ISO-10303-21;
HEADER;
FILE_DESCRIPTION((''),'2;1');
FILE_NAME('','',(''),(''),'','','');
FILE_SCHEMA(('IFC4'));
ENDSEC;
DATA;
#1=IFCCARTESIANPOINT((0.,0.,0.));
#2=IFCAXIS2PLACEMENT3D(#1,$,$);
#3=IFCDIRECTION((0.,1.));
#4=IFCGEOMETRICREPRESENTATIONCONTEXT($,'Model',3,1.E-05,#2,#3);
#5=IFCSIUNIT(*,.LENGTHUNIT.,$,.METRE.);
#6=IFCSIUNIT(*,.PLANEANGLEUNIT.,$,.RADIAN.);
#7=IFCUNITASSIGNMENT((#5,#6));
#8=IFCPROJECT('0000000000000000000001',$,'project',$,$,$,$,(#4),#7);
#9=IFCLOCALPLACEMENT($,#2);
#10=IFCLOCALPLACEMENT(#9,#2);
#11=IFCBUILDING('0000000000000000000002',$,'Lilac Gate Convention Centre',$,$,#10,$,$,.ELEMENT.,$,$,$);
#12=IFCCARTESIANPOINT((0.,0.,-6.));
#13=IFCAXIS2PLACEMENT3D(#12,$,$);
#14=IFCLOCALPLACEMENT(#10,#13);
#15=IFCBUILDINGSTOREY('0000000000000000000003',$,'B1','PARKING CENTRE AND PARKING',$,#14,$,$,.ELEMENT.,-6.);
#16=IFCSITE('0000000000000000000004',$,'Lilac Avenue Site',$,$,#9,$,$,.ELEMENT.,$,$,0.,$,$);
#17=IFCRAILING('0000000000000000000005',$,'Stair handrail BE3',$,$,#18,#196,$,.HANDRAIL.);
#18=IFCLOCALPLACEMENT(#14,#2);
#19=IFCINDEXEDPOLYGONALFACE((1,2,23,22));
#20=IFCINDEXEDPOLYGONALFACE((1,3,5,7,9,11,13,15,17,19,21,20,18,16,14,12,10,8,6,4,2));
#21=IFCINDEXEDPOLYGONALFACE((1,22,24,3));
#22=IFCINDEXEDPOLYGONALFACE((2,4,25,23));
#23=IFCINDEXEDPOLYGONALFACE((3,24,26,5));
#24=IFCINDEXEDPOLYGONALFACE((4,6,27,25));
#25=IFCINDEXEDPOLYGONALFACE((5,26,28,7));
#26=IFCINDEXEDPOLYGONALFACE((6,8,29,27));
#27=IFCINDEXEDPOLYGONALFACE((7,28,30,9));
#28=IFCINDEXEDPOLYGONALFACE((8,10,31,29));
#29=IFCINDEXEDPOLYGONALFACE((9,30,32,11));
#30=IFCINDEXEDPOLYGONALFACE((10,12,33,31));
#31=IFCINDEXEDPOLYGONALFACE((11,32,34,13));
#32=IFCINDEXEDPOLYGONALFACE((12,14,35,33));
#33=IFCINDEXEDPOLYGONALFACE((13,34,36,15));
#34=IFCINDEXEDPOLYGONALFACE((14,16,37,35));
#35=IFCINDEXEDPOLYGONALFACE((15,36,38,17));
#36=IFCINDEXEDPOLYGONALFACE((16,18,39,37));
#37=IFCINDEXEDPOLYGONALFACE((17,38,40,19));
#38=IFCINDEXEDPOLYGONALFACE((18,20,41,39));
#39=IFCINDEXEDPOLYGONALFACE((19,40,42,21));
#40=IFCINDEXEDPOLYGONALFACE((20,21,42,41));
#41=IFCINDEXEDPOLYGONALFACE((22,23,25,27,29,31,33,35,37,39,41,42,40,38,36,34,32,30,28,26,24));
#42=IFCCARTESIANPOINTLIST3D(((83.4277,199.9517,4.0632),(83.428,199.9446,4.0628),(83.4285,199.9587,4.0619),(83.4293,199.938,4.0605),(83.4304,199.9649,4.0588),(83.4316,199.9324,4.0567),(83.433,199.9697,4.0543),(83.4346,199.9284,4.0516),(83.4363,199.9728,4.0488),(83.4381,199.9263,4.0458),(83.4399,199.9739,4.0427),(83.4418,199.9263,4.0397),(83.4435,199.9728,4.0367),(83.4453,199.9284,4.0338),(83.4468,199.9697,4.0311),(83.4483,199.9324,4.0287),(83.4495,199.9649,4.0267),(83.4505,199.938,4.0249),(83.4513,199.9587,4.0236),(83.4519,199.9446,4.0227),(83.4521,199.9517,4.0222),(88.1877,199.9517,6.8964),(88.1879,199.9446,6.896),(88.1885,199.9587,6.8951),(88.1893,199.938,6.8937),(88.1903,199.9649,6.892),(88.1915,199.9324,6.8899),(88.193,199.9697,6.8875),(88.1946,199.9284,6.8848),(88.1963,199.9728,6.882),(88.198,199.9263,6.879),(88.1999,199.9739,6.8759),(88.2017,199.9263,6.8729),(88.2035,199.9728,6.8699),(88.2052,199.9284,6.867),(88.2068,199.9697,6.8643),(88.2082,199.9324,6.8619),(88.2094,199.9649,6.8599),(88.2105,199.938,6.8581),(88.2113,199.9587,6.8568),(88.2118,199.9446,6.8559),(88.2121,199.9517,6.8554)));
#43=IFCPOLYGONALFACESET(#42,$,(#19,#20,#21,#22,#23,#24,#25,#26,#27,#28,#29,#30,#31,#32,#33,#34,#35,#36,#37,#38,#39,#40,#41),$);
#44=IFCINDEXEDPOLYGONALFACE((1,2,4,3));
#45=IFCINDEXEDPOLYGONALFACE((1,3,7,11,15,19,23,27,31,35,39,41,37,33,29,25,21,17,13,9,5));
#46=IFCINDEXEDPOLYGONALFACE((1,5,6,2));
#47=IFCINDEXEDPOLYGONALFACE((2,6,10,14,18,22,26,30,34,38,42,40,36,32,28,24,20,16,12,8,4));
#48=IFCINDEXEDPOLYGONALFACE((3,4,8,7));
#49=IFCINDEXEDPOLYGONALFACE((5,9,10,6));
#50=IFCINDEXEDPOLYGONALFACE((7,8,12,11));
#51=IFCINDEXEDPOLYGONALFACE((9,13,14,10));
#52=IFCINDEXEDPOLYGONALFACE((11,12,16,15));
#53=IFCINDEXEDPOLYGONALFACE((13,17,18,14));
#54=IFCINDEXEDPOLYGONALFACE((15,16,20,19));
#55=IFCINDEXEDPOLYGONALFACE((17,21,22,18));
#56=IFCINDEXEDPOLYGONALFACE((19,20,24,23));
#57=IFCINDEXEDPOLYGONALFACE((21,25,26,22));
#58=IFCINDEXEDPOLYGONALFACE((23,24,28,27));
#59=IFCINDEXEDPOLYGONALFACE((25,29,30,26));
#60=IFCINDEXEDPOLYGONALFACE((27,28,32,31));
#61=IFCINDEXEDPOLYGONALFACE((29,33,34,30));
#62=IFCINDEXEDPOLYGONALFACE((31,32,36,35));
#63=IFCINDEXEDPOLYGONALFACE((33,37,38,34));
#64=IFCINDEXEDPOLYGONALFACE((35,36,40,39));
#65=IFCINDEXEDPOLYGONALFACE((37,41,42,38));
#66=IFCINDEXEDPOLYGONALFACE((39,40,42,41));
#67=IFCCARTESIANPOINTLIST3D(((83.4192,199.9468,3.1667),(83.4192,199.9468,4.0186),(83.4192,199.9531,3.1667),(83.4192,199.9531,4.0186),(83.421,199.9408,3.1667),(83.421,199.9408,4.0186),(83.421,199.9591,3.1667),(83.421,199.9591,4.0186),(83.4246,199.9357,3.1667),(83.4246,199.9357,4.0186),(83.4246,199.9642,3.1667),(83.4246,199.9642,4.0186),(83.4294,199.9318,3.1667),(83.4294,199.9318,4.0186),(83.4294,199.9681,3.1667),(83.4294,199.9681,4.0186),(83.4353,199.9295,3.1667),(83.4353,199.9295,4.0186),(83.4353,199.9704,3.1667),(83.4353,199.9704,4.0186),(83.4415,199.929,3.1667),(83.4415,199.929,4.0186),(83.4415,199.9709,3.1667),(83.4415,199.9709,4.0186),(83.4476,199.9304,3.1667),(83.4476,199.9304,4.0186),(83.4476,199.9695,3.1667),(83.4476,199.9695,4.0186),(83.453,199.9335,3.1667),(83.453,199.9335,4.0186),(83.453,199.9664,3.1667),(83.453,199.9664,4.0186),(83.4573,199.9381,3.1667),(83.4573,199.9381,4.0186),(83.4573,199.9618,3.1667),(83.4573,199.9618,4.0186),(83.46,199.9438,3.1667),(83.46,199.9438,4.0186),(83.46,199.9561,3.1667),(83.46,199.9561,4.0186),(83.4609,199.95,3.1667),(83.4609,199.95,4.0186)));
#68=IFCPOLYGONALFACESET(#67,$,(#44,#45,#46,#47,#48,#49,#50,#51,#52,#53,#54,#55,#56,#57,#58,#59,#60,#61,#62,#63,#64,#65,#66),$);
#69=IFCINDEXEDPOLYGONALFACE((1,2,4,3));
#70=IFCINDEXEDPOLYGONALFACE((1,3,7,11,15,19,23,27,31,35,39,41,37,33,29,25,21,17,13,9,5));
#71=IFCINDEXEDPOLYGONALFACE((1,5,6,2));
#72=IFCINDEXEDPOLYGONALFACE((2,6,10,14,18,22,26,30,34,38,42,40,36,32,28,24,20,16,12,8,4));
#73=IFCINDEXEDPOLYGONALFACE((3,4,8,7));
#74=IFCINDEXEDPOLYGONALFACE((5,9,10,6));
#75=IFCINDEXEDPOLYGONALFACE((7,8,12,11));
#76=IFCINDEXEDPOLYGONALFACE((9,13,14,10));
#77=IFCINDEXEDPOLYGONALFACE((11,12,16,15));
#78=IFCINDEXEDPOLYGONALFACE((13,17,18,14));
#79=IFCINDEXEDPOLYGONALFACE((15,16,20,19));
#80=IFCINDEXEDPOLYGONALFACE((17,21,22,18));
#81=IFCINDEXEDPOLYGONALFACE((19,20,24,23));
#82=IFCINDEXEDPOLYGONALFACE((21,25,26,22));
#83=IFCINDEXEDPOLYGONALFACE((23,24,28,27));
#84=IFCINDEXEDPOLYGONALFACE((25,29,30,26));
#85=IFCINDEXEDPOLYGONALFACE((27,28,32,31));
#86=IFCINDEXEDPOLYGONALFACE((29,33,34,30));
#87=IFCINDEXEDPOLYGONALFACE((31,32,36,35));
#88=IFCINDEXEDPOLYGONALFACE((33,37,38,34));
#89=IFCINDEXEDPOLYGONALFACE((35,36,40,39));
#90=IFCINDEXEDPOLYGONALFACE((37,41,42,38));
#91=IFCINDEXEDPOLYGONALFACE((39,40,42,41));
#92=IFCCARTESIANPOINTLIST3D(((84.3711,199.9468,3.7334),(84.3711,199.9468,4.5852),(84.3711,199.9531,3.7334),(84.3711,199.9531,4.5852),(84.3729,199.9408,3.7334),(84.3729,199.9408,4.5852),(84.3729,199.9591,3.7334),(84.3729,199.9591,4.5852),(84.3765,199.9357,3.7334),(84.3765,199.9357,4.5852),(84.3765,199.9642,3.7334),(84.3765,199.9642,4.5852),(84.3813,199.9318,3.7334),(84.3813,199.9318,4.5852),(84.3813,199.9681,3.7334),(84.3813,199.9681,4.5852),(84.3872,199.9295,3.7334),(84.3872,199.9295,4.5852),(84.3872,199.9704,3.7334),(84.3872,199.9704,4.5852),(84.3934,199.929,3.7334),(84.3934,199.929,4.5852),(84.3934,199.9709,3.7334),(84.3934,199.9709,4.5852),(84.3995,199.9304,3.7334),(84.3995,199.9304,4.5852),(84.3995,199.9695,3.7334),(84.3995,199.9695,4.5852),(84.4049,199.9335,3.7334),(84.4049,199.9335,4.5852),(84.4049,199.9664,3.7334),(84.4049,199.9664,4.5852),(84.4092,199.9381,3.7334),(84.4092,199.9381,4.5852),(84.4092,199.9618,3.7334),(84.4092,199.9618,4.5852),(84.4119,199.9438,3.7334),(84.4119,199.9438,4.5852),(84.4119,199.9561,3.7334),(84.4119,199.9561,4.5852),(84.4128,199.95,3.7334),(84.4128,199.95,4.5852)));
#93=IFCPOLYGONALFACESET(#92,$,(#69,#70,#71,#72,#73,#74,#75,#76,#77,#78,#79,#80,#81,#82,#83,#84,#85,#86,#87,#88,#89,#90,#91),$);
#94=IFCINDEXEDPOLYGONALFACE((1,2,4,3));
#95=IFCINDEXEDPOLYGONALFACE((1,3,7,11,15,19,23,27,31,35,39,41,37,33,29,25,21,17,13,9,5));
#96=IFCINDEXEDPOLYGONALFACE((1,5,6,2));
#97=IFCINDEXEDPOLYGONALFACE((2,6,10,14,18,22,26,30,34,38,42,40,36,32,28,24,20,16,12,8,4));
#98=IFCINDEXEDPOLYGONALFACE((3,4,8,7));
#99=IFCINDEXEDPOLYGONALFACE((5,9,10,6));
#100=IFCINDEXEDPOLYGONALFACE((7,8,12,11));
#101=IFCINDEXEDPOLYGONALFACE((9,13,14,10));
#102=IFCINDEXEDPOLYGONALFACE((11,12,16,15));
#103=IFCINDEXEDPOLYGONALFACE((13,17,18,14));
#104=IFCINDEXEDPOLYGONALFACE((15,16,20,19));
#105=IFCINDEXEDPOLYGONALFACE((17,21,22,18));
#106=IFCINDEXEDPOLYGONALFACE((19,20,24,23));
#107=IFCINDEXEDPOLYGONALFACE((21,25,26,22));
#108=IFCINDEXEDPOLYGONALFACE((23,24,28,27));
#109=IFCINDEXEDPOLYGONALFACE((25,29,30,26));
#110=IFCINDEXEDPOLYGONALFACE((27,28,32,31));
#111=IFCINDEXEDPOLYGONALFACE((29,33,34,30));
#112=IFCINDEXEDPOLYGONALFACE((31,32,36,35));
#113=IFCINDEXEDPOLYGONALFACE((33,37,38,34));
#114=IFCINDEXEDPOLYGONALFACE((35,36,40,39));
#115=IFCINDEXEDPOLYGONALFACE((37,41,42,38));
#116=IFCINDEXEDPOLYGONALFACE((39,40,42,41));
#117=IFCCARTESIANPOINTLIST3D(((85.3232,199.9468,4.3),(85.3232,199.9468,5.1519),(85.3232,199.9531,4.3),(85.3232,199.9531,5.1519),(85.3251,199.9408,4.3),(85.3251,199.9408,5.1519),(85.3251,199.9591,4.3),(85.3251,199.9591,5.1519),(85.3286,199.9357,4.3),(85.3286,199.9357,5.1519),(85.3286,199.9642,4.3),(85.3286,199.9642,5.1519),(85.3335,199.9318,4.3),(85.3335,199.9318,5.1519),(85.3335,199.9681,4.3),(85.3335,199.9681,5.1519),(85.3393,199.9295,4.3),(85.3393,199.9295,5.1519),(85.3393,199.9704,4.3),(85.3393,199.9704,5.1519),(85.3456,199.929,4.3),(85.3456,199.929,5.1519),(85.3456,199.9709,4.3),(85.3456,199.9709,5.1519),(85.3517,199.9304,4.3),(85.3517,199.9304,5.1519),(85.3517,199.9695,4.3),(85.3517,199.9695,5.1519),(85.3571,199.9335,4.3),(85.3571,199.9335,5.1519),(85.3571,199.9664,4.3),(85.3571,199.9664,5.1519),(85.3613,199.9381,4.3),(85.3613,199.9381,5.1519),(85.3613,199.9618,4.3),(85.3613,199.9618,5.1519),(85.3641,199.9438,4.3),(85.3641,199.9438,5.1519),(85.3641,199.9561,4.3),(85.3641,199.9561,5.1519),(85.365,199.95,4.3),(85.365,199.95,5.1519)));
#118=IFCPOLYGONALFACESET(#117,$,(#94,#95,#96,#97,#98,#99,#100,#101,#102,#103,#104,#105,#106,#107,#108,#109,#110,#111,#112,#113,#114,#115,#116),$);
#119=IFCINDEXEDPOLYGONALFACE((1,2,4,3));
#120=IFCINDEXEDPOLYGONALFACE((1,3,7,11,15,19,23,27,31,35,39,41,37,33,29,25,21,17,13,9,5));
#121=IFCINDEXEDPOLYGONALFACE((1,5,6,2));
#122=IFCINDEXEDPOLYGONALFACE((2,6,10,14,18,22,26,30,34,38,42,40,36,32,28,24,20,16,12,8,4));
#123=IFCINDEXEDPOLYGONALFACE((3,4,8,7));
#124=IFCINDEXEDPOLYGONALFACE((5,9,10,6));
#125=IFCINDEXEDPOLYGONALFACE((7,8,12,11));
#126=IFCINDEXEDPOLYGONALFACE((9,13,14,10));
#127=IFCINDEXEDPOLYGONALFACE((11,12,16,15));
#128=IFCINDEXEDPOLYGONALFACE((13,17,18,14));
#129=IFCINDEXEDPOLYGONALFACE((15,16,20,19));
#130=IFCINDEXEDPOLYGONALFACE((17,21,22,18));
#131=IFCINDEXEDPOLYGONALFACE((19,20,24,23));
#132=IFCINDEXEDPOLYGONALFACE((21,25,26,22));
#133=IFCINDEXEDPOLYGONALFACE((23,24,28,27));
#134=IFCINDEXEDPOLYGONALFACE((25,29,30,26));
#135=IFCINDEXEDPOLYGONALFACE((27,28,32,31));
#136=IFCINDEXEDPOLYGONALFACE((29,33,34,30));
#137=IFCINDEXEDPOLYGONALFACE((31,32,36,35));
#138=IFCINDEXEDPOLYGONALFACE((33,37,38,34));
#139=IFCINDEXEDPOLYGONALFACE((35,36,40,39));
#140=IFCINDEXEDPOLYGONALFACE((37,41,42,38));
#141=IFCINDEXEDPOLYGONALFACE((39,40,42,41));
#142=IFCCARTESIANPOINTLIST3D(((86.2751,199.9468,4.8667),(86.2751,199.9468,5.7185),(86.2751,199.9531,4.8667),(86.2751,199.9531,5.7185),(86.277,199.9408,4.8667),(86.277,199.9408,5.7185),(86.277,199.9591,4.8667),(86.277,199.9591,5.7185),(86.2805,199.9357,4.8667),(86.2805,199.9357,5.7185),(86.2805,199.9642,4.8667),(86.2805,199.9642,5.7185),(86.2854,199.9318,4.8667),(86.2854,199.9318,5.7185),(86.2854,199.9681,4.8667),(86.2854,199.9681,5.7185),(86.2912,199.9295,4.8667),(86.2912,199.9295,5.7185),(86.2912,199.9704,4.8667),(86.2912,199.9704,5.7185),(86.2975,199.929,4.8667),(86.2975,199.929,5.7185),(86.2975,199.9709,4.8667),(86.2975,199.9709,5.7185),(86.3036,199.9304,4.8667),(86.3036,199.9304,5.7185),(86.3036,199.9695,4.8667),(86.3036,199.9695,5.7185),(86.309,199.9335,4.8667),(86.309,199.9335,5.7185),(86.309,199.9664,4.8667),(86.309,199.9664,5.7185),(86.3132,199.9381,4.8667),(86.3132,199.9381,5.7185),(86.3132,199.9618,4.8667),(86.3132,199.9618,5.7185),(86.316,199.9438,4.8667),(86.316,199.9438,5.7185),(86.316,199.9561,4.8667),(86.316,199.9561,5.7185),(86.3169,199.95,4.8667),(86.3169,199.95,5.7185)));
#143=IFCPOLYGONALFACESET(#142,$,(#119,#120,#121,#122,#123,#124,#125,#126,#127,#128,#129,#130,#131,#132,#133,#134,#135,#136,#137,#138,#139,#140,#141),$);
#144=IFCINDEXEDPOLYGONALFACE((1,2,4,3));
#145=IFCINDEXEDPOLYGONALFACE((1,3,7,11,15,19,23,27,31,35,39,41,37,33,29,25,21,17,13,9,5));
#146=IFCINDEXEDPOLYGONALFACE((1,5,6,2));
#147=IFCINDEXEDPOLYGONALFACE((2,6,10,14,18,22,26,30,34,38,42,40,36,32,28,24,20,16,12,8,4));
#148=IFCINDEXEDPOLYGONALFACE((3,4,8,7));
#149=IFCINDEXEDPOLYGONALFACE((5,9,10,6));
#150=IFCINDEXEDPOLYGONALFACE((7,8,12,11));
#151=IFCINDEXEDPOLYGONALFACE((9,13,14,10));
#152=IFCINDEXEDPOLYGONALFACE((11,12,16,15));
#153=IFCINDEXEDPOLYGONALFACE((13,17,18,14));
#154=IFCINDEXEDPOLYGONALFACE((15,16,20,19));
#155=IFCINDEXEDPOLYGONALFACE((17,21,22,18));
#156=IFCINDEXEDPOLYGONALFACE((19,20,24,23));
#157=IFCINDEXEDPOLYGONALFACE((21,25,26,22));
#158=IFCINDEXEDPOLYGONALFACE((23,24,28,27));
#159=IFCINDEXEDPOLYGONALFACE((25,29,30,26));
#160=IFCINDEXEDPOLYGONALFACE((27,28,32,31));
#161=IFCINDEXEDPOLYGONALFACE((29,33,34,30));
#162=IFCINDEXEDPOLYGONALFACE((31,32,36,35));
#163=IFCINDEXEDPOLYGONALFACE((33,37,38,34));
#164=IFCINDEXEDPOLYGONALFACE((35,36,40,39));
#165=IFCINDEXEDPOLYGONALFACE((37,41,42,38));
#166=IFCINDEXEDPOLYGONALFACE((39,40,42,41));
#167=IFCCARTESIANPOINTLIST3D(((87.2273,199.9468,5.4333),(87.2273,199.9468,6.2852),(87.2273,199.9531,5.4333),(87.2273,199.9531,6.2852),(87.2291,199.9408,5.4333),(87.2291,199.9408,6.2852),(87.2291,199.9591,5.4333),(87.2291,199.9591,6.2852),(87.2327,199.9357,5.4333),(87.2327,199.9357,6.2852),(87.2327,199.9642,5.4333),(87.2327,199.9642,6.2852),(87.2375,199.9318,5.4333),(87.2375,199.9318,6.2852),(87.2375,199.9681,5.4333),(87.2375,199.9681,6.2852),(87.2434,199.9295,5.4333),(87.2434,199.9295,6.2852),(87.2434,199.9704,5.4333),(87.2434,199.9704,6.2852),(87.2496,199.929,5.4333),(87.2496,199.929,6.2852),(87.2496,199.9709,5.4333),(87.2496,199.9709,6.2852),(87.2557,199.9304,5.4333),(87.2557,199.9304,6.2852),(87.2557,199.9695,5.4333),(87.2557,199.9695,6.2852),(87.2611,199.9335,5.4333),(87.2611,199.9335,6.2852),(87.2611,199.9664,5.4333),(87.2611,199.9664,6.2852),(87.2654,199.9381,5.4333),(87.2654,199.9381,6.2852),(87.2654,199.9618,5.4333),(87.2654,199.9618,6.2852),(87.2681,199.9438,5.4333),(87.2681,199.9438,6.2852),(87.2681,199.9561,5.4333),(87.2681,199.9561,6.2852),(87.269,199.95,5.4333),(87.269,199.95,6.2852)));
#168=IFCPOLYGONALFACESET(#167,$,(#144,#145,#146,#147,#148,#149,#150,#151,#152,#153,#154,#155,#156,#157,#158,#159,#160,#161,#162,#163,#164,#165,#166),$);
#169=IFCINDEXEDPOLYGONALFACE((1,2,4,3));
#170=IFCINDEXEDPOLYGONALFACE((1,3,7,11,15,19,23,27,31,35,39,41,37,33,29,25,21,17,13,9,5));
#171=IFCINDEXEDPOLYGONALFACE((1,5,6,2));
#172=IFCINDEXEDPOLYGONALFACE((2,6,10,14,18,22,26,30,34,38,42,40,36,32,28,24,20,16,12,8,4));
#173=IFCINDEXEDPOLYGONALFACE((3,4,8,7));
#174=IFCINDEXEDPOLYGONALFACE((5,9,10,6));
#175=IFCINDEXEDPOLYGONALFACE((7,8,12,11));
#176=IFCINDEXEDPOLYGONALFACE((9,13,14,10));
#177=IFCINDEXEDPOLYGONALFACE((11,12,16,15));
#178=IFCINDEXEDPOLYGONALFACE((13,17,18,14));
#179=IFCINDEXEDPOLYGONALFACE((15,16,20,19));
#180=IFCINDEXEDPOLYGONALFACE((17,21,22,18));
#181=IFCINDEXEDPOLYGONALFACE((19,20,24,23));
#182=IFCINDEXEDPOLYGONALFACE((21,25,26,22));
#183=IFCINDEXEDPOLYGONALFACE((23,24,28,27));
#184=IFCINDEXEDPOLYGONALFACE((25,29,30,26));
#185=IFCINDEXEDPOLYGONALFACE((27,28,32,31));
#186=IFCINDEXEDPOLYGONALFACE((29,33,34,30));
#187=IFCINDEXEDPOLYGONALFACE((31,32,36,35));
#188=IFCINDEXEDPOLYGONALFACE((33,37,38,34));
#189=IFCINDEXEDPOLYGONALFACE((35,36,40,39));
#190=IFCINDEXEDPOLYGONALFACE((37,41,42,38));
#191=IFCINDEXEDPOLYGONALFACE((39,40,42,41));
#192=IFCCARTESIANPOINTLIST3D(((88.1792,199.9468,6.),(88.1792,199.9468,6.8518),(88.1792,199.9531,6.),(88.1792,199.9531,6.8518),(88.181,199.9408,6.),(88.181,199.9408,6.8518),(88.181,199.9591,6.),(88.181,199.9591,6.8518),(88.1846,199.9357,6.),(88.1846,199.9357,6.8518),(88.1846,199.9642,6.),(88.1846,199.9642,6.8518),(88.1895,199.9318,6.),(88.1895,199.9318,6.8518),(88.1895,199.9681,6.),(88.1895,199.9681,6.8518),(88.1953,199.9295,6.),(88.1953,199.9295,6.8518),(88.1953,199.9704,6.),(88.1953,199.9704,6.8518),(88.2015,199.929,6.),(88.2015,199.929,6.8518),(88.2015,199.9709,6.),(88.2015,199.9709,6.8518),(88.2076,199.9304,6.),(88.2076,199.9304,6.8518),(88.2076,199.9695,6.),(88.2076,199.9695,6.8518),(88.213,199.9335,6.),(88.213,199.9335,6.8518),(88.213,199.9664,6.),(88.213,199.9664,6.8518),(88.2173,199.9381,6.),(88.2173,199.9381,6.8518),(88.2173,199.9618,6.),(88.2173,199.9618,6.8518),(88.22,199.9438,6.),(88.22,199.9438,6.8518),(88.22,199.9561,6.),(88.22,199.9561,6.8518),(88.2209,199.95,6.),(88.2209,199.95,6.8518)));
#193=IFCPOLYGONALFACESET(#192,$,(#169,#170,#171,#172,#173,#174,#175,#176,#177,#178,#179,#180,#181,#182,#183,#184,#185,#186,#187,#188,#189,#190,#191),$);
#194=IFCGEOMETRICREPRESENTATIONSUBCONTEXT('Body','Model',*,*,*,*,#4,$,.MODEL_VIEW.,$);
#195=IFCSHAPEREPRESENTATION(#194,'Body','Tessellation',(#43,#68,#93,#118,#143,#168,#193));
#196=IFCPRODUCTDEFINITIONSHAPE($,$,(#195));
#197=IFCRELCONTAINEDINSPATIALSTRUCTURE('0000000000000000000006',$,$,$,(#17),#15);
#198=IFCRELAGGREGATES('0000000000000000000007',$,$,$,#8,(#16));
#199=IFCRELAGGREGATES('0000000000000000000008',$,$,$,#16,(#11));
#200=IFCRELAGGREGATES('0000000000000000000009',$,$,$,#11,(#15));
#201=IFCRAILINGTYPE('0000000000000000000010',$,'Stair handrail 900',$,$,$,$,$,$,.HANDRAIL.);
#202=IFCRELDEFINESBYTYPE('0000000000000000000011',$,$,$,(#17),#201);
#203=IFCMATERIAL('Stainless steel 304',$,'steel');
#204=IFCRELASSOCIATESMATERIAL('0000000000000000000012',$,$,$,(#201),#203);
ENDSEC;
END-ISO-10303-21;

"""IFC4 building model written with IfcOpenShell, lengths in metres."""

from ifc_helpers import new_model, si_unit, direction, frame, origin, origin_2d, place, context, subcontext, project, spatial, circle, extrude, material, type_object, element, save


model = new_model("IFC4")

# Units and contexts
model_context = context("Model", 3, precision=1e-05, world=origin(), true_north=direction((0.0, 1.0)))
body_context = subcontext(model_context, "Body", "Model", "MODEL_VIEW")
ifc_project = project(units=[si_unit("LENGTHUNIT", "METRE"), si_unit("PLANEANGLEUNIT", "RADIAN")], contexts=[model_context])

# Site, building, storey
site_placement = place(None, origin())
site = spatial("IfcSite", under=ifc_project, at=site_placement, Name="Lilac Avenue Site", CompositionType="ELEMENT", RefElevation=0.0)
building_placement = place(site_placement, origin())
building = spatial("IfcBuilding", under=site, at=building_placement, Name="Lilac Gate Convention Centre", CompositionType="ELEMENT")
storey_placement = place(building_placement, frame((0.0, 0.0, -6.0)))
storey = spatial("IfcBuildingStorey", under=building, at=storey_placement, Name="B1", Description="PARKING CENTRE AND PARKING", CompositionType="ELEMENT", Elevation=-6.0)

# Railing
ifc_material_1 = material(Name="Stainless steel 304", Category="steel")
railing_type = type_object("IfcRailingType", Name="Stair handrail 900", PredefinedType="HANDRAIL", material=ifc_material_1)
for number, where, name in (
    (1, (83.4399, 199.95, 3.1667), "Stair handrail BE3"),
):
    element("IfcRailing", number, at=place(storey_placement, frame(where)), inside=storey, type_object=railing_type, Name=name, PredefinedType="HANDRAIL", context=body_context, shape_type="SweptSolid", body=[
        extrude(circle(Radius=0.0239, at=origin_2d()), frame((0.0, 0.0, 0.876), z_axis=(0.8593, 0.0, 0.511472), x_axis=(0.0, 1.0, 0.0)), (0.0, 0.0, 1.0), 5.5393),
        extrude(circle(Radius=0.021, at=origin_2d()), origin(), (0.0, 0.0, 1.0), 0.8518),
        extrude(circle(Radius=0.021, at=origin_2d()), frame((0.9519, 0.0, 0.5667)), (0.0, 0.0, 1.0), 0.8518),
        extrude(circle(Radius=0.021, at=origin_2d()), frame((1.9041, 0.0, 1.1333)), (0.0, 0.0, 1.0), 0.8518),
        extrude(circle(Radius=0.021, at=origin_2d()), frame((2.856, 0.0, 1.7)), (0.0, 0.0, 1.0), 0.8518),
        extrude(circle(Radius=0.021, at=origin_2d()), frame((3.8081, 0.0, 2.2666)), (0.0, 0.0, 1.0), 0.8518),
        extrude(circle(Radius=0.021, at=origin_2d()), frame((4.76, 0.0, 2.8333)), (0.0, 0.0, 1.0), 0.8518),
    ])

save(model, "model.ifc")
